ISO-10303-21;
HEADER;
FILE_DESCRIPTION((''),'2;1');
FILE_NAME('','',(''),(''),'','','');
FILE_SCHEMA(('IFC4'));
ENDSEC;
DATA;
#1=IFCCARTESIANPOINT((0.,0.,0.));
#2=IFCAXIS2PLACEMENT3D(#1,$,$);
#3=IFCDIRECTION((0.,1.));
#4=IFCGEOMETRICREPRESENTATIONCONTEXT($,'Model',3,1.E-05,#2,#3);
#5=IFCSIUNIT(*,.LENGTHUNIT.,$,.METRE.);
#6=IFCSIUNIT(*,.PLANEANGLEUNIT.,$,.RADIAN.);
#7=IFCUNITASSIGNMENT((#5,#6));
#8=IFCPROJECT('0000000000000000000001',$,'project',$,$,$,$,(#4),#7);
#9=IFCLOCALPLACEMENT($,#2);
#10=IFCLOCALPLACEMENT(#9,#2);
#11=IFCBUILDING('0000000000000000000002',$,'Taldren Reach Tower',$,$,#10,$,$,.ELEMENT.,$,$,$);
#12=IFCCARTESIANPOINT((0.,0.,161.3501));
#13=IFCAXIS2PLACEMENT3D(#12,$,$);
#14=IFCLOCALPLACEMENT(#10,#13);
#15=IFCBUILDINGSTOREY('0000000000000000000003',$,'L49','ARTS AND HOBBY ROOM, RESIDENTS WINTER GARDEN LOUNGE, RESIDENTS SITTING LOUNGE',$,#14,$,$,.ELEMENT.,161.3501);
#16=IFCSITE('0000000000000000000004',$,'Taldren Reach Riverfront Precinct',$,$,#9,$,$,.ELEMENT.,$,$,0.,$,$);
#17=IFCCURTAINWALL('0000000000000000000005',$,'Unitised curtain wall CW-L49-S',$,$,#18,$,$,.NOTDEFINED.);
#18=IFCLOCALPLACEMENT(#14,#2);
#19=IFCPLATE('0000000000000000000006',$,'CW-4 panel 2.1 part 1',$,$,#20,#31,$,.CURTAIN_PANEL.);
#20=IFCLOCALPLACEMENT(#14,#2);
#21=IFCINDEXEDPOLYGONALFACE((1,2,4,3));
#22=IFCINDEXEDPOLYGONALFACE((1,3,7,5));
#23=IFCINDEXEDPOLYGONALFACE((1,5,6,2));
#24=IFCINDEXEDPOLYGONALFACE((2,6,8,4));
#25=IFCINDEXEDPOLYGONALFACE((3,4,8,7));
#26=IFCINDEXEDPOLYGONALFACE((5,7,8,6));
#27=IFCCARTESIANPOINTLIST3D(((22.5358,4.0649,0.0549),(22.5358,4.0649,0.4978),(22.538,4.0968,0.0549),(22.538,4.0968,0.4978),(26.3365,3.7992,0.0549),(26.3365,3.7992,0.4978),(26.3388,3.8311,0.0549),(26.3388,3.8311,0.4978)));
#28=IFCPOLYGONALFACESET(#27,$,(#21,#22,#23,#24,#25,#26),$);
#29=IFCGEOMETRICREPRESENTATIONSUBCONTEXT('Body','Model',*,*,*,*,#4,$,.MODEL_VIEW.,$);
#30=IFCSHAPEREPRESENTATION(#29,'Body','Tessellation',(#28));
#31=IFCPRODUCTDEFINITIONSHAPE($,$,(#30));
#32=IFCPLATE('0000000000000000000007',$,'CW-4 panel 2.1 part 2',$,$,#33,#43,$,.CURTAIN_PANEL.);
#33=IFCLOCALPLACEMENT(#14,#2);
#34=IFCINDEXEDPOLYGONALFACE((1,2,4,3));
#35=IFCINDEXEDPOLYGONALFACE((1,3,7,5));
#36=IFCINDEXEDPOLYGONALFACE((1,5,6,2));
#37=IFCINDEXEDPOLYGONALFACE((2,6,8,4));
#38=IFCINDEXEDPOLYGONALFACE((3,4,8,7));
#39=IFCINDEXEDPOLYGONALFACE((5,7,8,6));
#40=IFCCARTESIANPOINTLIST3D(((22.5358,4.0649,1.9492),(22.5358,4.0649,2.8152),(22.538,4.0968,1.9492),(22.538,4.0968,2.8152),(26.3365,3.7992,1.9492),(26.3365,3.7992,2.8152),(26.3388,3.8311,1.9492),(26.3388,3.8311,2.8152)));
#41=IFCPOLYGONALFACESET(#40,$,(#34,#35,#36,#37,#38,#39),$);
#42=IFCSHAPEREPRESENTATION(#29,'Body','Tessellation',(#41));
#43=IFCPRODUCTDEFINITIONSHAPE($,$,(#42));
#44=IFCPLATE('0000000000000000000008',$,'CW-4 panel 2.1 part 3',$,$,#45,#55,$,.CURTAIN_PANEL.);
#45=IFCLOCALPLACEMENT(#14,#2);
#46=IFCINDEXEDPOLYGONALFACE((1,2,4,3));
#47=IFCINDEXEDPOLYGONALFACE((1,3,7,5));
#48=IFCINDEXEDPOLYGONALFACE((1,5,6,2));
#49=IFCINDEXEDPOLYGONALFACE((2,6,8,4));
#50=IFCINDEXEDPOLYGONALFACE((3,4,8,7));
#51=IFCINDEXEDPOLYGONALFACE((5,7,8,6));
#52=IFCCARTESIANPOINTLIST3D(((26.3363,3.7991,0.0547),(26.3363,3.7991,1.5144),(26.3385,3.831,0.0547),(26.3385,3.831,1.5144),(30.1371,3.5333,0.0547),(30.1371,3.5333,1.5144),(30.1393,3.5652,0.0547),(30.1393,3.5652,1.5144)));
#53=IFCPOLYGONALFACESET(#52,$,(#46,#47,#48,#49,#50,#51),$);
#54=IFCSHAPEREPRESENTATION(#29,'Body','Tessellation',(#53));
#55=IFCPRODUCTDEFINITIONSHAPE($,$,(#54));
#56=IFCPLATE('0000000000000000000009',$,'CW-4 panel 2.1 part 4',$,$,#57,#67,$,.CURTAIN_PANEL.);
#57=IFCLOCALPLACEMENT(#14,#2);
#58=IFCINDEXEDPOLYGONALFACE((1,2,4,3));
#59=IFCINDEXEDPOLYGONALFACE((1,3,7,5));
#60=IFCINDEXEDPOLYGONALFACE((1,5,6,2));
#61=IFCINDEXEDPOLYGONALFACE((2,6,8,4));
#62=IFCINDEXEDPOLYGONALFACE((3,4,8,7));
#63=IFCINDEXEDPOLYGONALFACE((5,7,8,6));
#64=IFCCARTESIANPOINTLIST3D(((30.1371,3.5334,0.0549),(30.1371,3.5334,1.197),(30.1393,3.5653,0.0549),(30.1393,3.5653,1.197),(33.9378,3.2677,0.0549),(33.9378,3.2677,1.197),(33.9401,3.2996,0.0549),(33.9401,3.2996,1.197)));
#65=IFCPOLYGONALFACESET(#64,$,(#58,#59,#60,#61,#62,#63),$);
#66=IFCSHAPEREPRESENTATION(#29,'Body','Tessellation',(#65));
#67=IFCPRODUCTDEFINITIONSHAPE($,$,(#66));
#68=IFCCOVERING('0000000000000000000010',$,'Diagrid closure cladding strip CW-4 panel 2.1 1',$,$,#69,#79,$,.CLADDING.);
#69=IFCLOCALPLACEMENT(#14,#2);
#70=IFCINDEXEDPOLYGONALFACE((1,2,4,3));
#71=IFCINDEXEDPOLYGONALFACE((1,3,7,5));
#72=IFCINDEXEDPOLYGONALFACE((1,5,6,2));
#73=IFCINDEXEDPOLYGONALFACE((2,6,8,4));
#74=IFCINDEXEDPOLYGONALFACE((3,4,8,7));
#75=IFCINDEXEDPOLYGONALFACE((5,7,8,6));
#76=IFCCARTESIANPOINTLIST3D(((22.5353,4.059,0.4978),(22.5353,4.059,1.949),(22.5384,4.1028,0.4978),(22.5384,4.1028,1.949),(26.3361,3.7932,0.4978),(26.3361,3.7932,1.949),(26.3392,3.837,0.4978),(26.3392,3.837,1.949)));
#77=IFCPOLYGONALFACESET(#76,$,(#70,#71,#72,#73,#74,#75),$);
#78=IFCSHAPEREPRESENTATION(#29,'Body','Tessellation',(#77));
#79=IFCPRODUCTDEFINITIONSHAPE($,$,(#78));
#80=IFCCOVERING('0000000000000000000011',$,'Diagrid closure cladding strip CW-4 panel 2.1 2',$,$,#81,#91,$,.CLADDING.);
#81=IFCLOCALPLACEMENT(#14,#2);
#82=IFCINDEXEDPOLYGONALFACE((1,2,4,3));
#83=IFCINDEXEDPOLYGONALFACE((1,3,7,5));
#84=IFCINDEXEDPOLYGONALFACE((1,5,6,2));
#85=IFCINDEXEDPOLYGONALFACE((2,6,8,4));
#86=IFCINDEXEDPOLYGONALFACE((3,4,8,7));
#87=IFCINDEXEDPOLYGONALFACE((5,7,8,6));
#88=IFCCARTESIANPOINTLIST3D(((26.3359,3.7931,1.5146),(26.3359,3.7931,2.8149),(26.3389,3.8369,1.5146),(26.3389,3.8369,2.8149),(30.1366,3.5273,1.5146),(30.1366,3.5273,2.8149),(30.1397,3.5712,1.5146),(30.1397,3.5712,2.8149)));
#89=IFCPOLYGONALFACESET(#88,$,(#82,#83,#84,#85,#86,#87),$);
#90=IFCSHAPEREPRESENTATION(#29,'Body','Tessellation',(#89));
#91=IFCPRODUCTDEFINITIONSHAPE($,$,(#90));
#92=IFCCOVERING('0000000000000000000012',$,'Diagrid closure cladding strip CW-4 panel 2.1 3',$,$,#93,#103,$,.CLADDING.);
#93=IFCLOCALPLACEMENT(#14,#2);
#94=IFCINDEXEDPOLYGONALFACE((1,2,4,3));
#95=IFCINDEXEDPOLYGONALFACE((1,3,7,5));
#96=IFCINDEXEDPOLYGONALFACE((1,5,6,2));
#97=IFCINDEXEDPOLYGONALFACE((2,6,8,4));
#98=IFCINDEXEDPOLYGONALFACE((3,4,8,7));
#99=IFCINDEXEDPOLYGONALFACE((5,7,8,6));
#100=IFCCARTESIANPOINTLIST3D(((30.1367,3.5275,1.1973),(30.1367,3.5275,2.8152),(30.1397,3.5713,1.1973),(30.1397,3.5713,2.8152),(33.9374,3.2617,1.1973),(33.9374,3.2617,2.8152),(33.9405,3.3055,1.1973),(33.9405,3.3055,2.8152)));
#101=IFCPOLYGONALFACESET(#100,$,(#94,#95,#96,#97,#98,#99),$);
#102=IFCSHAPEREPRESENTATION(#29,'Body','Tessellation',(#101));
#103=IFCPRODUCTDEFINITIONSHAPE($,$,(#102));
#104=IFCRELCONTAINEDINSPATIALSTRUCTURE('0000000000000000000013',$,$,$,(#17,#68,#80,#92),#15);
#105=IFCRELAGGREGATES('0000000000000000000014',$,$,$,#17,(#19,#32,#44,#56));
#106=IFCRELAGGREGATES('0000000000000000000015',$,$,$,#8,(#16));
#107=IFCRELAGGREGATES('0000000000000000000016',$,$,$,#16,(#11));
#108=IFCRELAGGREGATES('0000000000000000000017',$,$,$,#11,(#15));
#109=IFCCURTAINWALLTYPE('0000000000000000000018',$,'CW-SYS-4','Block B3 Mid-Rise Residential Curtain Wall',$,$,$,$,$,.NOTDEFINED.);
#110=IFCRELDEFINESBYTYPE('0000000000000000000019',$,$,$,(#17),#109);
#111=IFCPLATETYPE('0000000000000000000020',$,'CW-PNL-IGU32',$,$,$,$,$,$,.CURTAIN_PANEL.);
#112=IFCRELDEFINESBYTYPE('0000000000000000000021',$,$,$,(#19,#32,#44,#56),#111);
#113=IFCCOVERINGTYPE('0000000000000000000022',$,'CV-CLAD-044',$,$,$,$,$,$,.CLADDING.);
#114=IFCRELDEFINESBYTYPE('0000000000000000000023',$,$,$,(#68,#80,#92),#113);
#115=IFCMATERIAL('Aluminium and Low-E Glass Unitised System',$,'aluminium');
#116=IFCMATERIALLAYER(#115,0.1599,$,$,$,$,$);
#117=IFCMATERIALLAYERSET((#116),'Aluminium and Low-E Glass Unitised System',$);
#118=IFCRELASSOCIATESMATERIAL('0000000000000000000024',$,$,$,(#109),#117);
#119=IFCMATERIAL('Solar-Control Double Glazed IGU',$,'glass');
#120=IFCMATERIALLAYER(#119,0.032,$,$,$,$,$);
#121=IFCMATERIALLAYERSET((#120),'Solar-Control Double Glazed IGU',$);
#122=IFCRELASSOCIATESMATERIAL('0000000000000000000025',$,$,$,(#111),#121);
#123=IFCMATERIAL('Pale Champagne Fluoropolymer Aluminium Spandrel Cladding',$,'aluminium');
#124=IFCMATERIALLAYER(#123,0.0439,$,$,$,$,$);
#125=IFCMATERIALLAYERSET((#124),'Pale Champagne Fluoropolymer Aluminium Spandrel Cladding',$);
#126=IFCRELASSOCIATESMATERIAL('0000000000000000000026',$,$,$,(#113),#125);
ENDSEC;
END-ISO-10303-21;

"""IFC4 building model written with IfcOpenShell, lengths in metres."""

from ifc_helpers import new_model, si_unit, direction, frame, origin, origin_2d, place, context, subcontext, project, spatial, rectangle, extrude, source, transform, mapped, material, layer, layer_set, type_object, element, aggregate, save


model = new_model("IFC4")

# Units and contexts
model_context = context("Model", 3, precision=1e-05, world=origin(), true_north=direction((0.0, 1.0)))
body_context = subcontext(model_context, "Body", "Model", "MODEL_VIEW")
ifc_project = project(units=[si_unit("LENGTHUNIT", "METRE"), si_unit("PLANEANGLEUNIT", "RADIAN")], contexts=[model_context])

# Site, building, storey
site_placement = place(None, origin())
site = spatial("IfcSite", under=ifc_project, at=site_placement, Name="Taldren Reach Riverfront Precinct", CompositionType="ELEMENT", RefElevation=0.0)
building_placement = place(site_placement, origin())
building = spatial("IfcBuilding", under=site, at=building_placement, Name="Taldren Reach Tower", CompositionType="ELEMENT")
storey_placement = place(building_placement, frame((0.0, 0.0, 161.3501)))
storey = spatial("IfcBuildingStorey", under=building, at=storey_placement, Name="L49", Description="ARTS AND HOBBY ROOM, RESIDENTS WINTER GARDEN LOUNGE, RESIDENTS SITTING LOUNGE", CompositionType="ELEMENT", Elevation=161.3501)

# Curtain wall
ifc_material_1 = material(Name="Aluminium and Low-E Glass Unitised System", Category="aluminium")
ifc_layer_1 = layer(ifc_material_1, 0.1599)
ifc_layer_set_1 = layer_set([ifc_layer_1], Name="Aluminium and Low-E Glass Unitised System")
curtain_wall_type = type_object("IfcCurtainWallType", Name="CW-SYS-4", Description="Block B3 Mid-Rise Residential Curtain Wall", PredefinedType="NOTDEFINED", material=ifc_layer_set_1)
curtain_wall_placement = place(storey_placement, origin())
curtain_wall = element("IfcCurtainWall", 1, at=curtain_wall_placement, inside=storey, type_object=curtain_wall_type, Name="Unitised curtain wall CW-L49-S", PredefinedType="NOTDEFINED")

# Plates
ifc_material_2 = material(Name="Solar-Control Double Glazed IGU", Category="glass")
ifc_layer_2 = layer(ifc_material_2, 0.032)
ifc_layer_set_2 = layer_set([ifc_layer_2], Name="Solar-Control Double Glazed IGU")
plate_type_1 = type_object("IfcPlateType", Name="CW-PNL-IGU32", PredefinedType="CURTAIN_PANEL", material=ifc_layer_set_2)
shared_shape_1 = source(origin(), body_context, "Body", "SweptSolid", [
    extrude(rectangle(XDim=3.8101, YDim=0.032, at=origin_2d()), origin(), (0.0, 0.0, 1.0), 0.4429),
])
plate_1_placement = place(storey_placement, frame((24.4373, 3.948, 0.0549), z_axis=(0.0, 0.0, 1.0), x_axis=(0.997564, -0.069757, 0.0)))
plate_1 = element("IfcPlate", 2, at=plate_1_placement, type_object=plate_type_1, Name="CW-4 panel 2.1 part 1", PredefinedType="CURTAIN_PANEL", context=body_context, shape_type="MappedRepresentation", body=[
    mapped(shared_shape_1, transform((0.0, 0.0, 0.0), scale=1.0)),
])
shared_shape_2 = source(origin(), body_context, "Body", "SweptSolid", [
    extrude(rectangle(XDim=3.8101, YDim=0.032, at=origin_2d()), origin(), (0.0, 0.0, 1.0), 0.866),
])
plate_2_placement = place(storey_placement, frame((24.4373, 3.948, 1.9492), z_axis=(0.0, 0.0, 1.0), x_axis=(0.997564, -0.069757, 0.0)))
plate_2 = element("IfcPlate", 3, at=plate_2_placement, type_object=plate_type_1, Name="CW-4 panel 2.1 part 2", PredefinedType="CURTAIN_PANEL", context=body_context, shape_type="MappedRepresentation", body=[
    mapped(shared_shape_2, transform((0.0, 0.0, 0.0), scale=1.0)),
])
shared_shape_3 = source(origin(), body_context, "Body", "SweptSolid", [
    extrude(rectangle(XDim=3.8101, YDim=0.032, at=origin_2d()), origin(), (0.0, 0.0, 1.0), 1.4597),
])
plate_3_placement = place(storey_placement, frame((28.2378, 3.6821, 0.0547), z_axis=(0.0, 0.0, 1.0), x_axis=(0.997564, -0.069757, 0.0)))
plate_3 = element("IfcPlate", 4, at=plate_3_placement, type_object=plate_type_1, Name="CW-4 panel 2.1 part 3", PredefinedType="CURTAIN_PANEL", context=body_context, shape_type="MappedRepresentation", body=[
    mapped(shared_shape_3, transform((0.0, 0.0, 0.0), scale=1.0)),
])
shared_shape_4 = source(origin(), body_context, "Body", "SweptSolid", [
    extrude(rectangle(XDim=3.8101, YDim=0.032, at=origin_2d()), origin(), (0.0, 0.0, 1.0), 1.1421),
])
plate_4_placement = place(storey_placement, frame((32.0386, 3.4165, 0.0549), z_axis=(0.0, 0.0, 1.0), x_axis=(0.997564, -0.069757, 0.0)))
plate_4 = element("IfcPlate", 5, at=plate_4_placement, type_object=plate_type_1, Name="CW-4 panel 2.1 part 4", PredefinedType="CURTAIN_PANEL", context=body_context, shape_type="MappedRepresentation", body=[
    mapped(shared_shape_4, transform((0.0, 0.0, 0.0), scale=1.0)),
])
aggregate(curtain_wall, [plate_1, plate_2, plate_3, plate_4])

# Coverings
ifc_material_3 = material(Name="Pale Champagne Fluoropolymer Aluminium Spandrel Cladding", Category="aluminium")
ifc_layer_3 = layer(ifc_material_3, 0.0439)
ifc_layer_set_3 = layer_set([ifc_layer_3], Name="Pale Champagne Fluoropolymer Aluminium Spandrel Cladding")
covering_type = type_object("IfcCoveringType", Name="CV-CLAD-044", PredefinedType="CLADDING", material=ifc_layer_set_3)
shared_shape_5 = source(origin(), body_context, "Body", "SweptSolid", [
    extrude(rectangle(XDim=3.8101, YDim=0.0439, at=origin_2d()), origin(), (0.0, 0.0, 1.0), 1.4512),
])
covering_1_placement = place(storey_placement, frame((24.4373, 3.948, 0.4978), z_axis=(0.0, 0.0, 1.0), x_axis=(0.997564, -0.069757, 0.0)))
element("IfcCovering", 6, at=covering_1_placement, inside=storey, type_object=covering_type, Name="Diagrid closure cladding strip CW-4 panel 2.1 1", PredefinedType="CLADDING", context=body_context, shape_type="MappedRepresentation", body=[
    mapped(shared_shape_5, transform((0.0, 0.0, 0.0), scale=1.0)),
])
shared_shape_6 = source(origin(), body_context, "Body", "SweptSolid", [
    extrude(rectangle(XDim=3.8101, YDim=0.0439, at=origin_2d()), origin(), (0.0, 0.0, 1.0), 1.3003),
])
covering_2_placement = place(storey_placement, frame((28.2378, 3.6821, 1.5146), z_axis=(0.0, 0.0, 1.0), x_axis=(0.997564, -0.069757, 0.0)))
element("IfcCovering", 7, at=covering_2_placement, inside=storey, type_object=covering_type, Name="Diagrid closure cladding strip CW-4 panel 2.1 2", PredefinedType="CLADDING", context=body_context, shape_type="MappedRepresentation", body=[
    mapped(shared_shape_6, transform((0.0, 0.0, 0.0), scale=1.0)),
])
shared_shape_7 = source(origin(), body_context, "Body", "SweptSolid", [
    extrude(rectangle(XDim=3.8101, YDim=0.0439, at=origin_2d()), origin(), (0.0, 0.0, 1.0), 1.6179),
])
covering_3_placement = place(storey_placement, frame((32.0386, 3.4165, 1.1973), z_axis=(0.0, 0.0, 1.0), x_axis=(0.997564, -0.069757, 0.0)))
element("IfcCovering", 8, at=covering_3_placement, inside=storey, type_object=covering_type, Name="Diagrid closure cladding strip CW-4 panel 2.1 3", PredefinedType="CLADDING", context=body_context, shape_type="MappedRepresentation", body=[
    mapped(shared_shape_7, transform((0.0, 0.0, 0.0), scale=1.0)),
])

save(model, "model.ifc")
